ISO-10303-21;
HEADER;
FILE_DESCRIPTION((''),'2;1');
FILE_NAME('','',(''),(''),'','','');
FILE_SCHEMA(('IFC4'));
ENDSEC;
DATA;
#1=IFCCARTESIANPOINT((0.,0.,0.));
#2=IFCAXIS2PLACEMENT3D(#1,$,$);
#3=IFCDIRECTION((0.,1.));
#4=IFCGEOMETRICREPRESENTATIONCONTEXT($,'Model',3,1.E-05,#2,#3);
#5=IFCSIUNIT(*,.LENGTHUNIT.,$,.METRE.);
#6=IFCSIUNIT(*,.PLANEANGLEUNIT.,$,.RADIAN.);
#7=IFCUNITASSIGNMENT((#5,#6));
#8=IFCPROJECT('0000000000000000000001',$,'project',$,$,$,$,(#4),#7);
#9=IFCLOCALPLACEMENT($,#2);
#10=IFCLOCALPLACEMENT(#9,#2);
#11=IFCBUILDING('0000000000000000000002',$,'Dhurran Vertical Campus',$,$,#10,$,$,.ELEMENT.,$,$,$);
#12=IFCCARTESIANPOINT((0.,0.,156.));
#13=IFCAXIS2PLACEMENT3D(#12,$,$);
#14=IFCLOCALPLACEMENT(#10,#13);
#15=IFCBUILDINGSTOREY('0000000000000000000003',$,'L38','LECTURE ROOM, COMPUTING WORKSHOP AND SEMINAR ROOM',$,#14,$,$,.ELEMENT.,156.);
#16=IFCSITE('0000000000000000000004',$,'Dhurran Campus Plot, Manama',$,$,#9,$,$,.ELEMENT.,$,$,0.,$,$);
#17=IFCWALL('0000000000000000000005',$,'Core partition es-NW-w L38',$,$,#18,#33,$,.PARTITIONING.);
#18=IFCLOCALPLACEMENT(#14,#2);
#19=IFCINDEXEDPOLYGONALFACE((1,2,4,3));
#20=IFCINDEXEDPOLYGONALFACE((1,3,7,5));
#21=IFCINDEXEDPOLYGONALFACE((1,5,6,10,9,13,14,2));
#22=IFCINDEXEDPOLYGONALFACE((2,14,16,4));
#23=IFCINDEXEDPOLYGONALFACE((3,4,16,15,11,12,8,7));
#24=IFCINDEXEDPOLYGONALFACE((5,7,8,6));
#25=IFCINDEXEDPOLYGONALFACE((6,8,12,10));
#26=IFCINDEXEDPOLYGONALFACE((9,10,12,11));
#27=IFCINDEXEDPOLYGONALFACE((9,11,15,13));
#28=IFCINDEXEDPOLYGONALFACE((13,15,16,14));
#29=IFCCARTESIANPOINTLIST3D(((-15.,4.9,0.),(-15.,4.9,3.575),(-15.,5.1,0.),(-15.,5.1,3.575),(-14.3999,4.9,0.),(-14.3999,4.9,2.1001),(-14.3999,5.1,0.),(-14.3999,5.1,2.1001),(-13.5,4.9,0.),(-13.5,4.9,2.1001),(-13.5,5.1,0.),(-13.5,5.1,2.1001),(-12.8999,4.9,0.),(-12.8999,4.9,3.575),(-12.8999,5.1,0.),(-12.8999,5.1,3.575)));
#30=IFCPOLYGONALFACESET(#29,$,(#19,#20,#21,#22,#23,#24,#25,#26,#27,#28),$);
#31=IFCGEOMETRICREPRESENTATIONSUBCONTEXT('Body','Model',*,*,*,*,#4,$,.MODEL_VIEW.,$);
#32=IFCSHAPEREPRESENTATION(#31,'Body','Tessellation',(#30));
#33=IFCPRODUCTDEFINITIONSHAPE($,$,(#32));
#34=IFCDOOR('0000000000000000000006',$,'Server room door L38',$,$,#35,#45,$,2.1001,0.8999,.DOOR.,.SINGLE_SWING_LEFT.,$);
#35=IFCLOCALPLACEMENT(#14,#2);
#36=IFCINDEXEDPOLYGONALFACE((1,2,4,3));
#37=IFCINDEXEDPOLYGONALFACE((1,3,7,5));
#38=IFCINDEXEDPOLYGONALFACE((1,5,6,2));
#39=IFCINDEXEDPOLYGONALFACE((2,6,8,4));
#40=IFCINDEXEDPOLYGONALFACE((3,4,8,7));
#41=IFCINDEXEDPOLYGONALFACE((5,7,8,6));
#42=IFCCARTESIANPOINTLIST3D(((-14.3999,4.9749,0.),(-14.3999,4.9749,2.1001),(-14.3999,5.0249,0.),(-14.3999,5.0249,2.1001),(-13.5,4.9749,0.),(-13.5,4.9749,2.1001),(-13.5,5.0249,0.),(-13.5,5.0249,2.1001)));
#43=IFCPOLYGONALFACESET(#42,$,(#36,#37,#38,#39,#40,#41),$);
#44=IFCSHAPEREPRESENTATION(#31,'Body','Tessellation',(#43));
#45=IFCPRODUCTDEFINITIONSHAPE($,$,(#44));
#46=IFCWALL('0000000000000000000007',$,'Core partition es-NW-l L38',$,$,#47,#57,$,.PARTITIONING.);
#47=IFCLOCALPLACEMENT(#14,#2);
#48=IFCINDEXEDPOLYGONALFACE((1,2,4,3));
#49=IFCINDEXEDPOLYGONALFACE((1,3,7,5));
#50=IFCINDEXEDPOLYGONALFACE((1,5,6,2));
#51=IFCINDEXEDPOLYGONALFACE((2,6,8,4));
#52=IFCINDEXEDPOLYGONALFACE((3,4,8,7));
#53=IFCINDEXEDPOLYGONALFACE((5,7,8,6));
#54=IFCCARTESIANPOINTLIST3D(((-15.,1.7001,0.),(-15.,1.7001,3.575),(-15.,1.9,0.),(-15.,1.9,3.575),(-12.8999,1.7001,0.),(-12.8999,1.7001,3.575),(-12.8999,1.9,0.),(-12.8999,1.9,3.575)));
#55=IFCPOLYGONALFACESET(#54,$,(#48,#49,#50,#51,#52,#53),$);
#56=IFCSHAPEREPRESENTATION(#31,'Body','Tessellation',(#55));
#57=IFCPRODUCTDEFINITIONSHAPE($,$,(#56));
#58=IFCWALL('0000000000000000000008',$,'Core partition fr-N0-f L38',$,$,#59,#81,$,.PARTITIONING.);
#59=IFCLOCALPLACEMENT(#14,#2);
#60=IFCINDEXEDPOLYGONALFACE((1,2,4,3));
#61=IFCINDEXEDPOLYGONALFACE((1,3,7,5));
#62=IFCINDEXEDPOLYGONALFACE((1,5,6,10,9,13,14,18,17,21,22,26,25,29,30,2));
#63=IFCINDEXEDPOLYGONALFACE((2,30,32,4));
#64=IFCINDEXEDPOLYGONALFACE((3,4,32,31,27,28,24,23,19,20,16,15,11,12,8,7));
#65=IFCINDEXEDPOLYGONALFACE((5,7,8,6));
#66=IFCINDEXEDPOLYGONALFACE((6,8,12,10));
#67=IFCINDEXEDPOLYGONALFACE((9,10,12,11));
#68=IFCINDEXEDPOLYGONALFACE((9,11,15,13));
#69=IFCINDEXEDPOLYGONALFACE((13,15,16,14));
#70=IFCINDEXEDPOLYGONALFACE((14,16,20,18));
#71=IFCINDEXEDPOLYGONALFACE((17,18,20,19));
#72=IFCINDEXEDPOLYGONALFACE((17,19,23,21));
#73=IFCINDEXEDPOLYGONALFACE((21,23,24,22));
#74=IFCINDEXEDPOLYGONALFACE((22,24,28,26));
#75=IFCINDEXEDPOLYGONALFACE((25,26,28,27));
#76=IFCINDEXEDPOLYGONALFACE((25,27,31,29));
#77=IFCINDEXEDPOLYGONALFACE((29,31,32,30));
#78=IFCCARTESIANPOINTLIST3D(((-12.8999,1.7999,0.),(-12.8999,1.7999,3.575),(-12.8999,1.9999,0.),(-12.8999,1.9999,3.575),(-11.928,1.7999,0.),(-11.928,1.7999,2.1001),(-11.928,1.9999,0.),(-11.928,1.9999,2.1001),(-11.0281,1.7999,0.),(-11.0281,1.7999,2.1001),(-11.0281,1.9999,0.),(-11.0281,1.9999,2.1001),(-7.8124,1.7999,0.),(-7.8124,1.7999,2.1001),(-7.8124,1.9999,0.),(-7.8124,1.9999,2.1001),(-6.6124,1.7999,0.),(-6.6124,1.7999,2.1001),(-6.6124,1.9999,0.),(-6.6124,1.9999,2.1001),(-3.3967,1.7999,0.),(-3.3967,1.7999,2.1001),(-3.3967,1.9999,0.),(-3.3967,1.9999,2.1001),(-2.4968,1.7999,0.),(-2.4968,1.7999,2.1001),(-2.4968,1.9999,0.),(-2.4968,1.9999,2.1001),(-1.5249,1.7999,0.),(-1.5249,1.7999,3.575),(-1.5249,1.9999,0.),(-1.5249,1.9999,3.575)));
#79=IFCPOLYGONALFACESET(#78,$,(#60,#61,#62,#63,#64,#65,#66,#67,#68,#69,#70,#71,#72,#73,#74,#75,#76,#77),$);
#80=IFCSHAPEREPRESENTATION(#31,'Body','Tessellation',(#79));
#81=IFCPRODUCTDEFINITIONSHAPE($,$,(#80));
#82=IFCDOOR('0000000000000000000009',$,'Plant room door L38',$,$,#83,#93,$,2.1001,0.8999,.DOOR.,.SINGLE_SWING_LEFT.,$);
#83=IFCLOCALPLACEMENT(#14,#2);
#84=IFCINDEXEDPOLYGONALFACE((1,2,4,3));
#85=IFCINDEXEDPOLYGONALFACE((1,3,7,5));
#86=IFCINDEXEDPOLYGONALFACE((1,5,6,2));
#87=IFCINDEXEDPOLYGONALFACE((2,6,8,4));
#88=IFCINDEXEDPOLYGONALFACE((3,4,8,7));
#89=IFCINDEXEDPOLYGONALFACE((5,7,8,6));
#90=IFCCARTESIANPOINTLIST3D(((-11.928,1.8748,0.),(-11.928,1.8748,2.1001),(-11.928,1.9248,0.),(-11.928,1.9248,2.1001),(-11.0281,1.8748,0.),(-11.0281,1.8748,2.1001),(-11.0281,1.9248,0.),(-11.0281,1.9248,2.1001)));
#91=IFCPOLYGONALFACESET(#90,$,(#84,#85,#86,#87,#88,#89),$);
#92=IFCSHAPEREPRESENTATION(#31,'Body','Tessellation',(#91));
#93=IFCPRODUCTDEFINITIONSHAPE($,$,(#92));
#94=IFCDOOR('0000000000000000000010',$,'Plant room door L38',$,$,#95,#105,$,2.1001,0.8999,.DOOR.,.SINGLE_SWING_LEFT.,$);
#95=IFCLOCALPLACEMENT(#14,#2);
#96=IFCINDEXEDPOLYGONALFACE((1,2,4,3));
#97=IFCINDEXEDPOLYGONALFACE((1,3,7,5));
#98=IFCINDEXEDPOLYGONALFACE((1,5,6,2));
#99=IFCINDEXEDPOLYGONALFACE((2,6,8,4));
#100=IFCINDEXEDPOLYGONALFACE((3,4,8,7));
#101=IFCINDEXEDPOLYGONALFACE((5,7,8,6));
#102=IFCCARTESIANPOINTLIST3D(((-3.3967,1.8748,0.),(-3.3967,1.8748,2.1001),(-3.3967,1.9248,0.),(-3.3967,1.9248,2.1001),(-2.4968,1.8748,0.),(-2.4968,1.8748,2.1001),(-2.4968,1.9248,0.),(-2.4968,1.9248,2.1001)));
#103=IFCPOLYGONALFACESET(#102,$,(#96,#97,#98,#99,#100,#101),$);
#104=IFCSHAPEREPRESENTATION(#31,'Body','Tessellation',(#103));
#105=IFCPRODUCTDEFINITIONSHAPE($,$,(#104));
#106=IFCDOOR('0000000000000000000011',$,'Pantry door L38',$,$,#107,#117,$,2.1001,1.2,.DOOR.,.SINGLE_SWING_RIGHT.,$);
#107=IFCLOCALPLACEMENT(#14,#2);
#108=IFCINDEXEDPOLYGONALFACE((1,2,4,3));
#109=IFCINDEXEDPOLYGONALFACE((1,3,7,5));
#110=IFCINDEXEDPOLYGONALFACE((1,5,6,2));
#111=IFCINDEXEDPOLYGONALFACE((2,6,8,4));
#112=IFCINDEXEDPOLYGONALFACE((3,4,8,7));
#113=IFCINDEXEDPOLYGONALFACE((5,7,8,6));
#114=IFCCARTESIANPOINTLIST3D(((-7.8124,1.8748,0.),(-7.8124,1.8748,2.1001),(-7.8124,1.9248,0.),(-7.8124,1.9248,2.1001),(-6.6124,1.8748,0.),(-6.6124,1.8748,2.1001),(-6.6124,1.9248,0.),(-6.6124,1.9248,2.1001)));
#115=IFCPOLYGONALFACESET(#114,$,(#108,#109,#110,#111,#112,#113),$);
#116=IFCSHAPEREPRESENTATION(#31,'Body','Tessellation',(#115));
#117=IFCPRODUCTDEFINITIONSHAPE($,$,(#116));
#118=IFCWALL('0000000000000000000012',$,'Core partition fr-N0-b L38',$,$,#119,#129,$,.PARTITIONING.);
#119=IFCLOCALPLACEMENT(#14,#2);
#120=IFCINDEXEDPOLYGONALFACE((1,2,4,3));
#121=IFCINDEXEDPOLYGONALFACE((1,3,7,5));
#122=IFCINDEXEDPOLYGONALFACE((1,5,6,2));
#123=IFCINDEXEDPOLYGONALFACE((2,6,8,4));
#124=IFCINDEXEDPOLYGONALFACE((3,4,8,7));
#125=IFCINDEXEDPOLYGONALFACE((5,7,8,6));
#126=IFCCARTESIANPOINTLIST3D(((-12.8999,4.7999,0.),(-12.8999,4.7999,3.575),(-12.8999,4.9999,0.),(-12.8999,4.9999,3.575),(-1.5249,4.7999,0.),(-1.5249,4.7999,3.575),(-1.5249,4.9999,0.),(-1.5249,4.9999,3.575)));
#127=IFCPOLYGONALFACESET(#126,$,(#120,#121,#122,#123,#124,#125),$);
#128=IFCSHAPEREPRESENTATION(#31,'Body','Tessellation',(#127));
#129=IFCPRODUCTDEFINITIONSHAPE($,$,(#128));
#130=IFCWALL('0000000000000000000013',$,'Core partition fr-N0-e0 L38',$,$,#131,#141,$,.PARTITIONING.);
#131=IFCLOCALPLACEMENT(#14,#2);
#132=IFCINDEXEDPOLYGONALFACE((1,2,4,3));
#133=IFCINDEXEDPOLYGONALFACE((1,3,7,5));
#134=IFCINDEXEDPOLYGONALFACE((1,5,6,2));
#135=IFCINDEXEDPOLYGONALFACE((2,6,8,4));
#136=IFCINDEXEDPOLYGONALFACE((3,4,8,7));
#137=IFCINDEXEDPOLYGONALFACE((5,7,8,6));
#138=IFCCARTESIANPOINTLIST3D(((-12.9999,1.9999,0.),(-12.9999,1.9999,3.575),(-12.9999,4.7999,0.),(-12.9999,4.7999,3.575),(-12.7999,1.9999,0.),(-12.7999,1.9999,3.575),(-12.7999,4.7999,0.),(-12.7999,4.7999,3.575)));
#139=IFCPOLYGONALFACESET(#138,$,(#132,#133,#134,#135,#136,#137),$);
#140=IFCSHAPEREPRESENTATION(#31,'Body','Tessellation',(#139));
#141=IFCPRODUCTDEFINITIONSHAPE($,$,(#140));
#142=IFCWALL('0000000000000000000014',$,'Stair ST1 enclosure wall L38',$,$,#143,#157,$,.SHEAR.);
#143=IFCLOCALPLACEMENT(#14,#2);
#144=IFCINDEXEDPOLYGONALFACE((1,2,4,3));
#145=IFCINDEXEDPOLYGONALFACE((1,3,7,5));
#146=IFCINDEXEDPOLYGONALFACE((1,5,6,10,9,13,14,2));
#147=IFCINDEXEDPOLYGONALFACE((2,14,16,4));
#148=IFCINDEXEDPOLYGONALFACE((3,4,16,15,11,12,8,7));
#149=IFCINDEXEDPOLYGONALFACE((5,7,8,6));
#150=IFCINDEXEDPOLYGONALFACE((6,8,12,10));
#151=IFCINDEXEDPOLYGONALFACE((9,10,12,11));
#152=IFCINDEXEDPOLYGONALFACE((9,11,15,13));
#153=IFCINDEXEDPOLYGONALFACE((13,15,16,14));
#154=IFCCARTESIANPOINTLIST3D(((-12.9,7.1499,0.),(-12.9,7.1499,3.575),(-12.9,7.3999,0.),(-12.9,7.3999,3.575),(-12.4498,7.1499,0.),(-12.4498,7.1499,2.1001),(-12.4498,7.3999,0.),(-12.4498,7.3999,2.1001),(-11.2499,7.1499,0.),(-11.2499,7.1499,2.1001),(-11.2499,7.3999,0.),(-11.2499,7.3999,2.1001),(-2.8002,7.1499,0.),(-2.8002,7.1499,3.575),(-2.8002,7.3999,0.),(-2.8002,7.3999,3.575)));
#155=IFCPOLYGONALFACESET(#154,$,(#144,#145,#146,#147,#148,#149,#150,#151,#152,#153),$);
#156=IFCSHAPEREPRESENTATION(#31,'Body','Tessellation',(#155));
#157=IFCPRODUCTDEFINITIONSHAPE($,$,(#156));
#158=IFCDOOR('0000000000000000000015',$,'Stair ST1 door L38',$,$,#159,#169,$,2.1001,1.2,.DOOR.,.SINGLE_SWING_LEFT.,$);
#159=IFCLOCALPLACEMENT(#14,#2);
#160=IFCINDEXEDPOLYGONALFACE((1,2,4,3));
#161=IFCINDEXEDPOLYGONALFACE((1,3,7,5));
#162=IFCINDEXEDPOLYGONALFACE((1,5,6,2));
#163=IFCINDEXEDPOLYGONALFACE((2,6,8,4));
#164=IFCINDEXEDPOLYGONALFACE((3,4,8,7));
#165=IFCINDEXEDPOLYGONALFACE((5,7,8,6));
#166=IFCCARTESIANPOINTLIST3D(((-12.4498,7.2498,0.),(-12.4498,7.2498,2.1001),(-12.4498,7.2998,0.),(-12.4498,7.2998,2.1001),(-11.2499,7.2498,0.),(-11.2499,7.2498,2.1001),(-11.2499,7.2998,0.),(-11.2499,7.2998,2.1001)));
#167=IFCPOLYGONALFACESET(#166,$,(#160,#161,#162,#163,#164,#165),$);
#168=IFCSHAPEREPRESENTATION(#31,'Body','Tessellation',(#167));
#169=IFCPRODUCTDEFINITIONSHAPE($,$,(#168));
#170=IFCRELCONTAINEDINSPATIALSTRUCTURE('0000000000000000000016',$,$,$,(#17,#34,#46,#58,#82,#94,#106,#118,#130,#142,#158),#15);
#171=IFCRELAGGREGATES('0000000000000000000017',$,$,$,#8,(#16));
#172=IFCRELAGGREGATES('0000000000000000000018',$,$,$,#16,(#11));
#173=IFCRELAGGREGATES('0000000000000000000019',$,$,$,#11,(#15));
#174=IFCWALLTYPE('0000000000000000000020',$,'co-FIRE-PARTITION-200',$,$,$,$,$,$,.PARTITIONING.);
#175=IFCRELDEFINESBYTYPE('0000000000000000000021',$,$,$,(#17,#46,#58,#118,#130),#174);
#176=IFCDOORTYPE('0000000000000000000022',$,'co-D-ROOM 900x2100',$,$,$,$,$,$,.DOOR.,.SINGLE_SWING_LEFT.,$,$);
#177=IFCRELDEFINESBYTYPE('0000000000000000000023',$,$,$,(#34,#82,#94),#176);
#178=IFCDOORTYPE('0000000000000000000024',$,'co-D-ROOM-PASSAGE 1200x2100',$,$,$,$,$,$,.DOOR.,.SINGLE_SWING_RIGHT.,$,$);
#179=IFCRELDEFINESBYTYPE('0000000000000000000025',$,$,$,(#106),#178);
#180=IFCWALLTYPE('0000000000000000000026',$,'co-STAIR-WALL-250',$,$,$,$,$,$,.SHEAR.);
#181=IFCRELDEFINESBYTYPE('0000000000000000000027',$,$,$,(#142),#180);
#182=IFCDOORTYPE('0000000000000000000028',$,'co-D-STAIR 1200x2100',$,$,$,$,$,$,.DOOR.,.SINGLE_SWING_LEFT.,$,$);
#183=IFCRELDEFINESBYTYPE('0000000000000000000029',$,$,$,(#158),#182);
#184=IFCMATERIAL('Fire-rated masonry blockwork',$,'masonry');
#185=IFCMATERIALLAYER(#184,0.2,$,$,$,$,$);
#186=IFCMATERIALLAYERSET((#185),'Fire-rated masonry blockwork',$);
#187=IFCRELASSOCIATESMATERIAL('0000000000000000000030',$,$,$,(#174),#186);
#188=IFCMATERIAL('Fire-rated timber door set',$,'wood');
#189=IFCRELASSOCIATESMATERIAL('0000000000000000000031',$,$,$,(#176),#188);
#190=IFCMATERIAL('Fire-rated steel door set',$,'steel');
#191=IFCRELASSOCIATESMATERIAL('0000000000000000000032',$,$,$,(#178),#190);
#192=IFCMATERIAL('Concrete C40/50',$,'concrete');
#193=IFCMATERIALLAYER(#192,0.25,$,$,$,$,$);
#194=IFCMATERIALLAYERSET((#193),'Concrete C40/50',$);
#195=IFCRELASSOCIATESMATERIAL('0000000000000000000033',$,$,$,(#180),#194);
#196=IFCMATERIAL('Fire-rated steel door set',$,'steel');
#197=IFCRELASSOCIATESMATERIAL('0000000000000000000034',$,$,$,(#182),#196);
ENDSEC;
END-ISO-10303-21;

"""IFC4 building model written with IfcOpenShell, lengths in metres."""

from ifc_helpers import new_model, si_unit, direction, frame, frame_2d, origin, place, context, subcontext, project, spatial, rectangle, extrude, material, layer, layer_set, type_object, element, fill, save


model = new_model("IFC4")

# Units and contexts
model_context = context("Model", 3, precision=1e-05, world=origin(), true_north=direction((0.0, 1.0)))
body_context = subcontext(model_context, "Body", "Model", "MODEL_VIEW")
ifc_project = project(units=[si_unit("LENGTHUNIT", "METRE"), si_unit("PLANEANGLEUNIT", "RADIAN")], contexts=[model_context])

# Site, building, storey
site_placement = place(None, origin())
site = spatial("IfcSite", under=ifc_project, at=site_placement, Name="Dhurran Campus Plot, Manama", CompositionType="ELEMENT", RefElevation=0.0)
building_placement = place(site_placement, origin())
building = spatial("IfcBuilding", under=site, at=building_placement, Name="Dhurran Vertical Campus", CompositionType="ELEMENT")
storey_placement = place(building_placement, frame((0.0, 0.0, 156.0)))
storey = spatial("IfcBuildingStorey", under=building, at=storey_placement, Name="L38", Description="LECTURE ROOM, COMPUTING WORKSHOP AND SEMINAR ROOM", CompositionType="ELEMENT", Elevation=156.0)

# Wall, opening, door
ifc_material_1 = material(Name="Fire-rated masonry blockwork", Category="masonry")
ifc_layer_1 = layer(ifc_material_1, 0.2)
ifc_layer_set_1 = layer_set([ifc_layer_1], Name="Fire-rated masonry blockwork")
wall_type_1 = type_object("IfcWallType", Name="co-FIRE-PARTITION-200", PredefinedType="PARTITIONING", material=ifc_layer_set_1)
ifc_material_2 = material(Name="Fire-rated timber door set", Category="wood")
door_type_1 = type_object("IfcDoorType", Name="co-D-ROOM 900x2100", OperationType="SINGLE_SWING_LEFT", PredefinedType="DOOR", material=ifc_material_2)
wall_1_placement = place(storey_placement, frame((-15.0, 5.0, 0.0), z_axis=(0.0, 0.0, 1.0), x_axis=(1.0, 0.0, 0.0)))
wall_1 = element("IfcWall", 1, at=wall_1_placement, inside=storey, type_object=wall_type_1, Name="Core partition es-NW-w L38", PredefinedType="PARTITIONING", context=body_context, shape_type="SweptSolid", body=[
    extrude(rectangle(XDim=2.1001, YDim=0.2, at=frame_2d((1.05, 0.0))), origin(), (0.0, 0.0, 1.0), 3.575),
])
opening_1_placement = place(wall_1_placement, frame((0.6001, 0.0, 0.0)))
opening_1 = element("IfcOpeningElement", 2, at=opening_1_placement, cuts=wall_1, PredefinedType="OPENING", context=body_context, shape_type="SweptSolid", body=[
    extrude(rectangle(XDim=0.8999, YDim=2.1001, at=frame_2d((0.45, 1.05))), frame((0.0, 0.1099, 0.0), z_axis=(0.0, -1.0, 0.0), x_axis=(1.0, 0.0, 0.0)), (0.0, 0.0, 1.0), 0.22),
])
door_1_placement = place(opening_1_placement, origin())
door_1 = element("IfcDoor", 3, at=door_1_placement, inside=storey, type_object=door_type_1, Name="Server room door L38", OperationType="SINGLE_SWING_LEFT", OverallHeight=2.1001, OverallWidth=0.8999, PredefinedType="DOOR", context=body_context, shape_type="SweptSolid", body=[
    extrude(rectangle(XDim=0.8999, YDim=2.1001, at=frame_2d((0.45, 1.05))), frame((0.0, 0.0249, 0.0), z_axis=(0.0, -1.0, 0.0), x_axis=(1.0, 0.0, 0.0)), (0.0, 0.0, 1.0), 0.05),
])
fill(opening_1, door_1)

# Wall
wall_2_placement = place(storey_placement, frame((-15.0, 1.8, 0.0), z_axis=(0.0, 0.0, 1.0), x_axis=(1.0, 0.0, 0.0)))
element("IfcWall", 4, at=wall_2_placement, inside=storey, type_object=wall_type_1, Name="Core partition es-NW-l L38", PredefinedType="PARTITIONING", context=body_context, shape_type="SweptSolid", body=[
    extrude(rectangle(XDim=2.1001, YDim=0.2, at=frame_2d((1.05, 0.0))), origin(), (0.0, 0.0, 1.0), 3.575),
])

# Wall, openings, doors
wall_3_placement = place(storey_placement, frame((-12.8999, 1.8999, 0.0), z_axis=(0.0, 0.0, 1.0), x_axis=(1.0, 0.0, 0.0)))
wall_3 = element("IfcWall", 5, at=wall_3_placement, inside=storey, type_object=wall_type_1, Name="Core partition fr-N0-f L38", PredefinedType="PARTITIONING", context=body_context, shape_type="SweptSolid", body=[
    extrude(rectangle(XDim=11.375, YDim=0.2, at=frame_2d((5.6875, 0.0))), origin(), (0.0, 0.0, 1.0), 3.575),
])
opening_2_placement = place(wall_3_placement, frame((0.9719, 0.0, 0.0)))
opening_2 = element("IfcOpeningElement", 6, at=opening_2_placement, cuts=wall_3, PredefinedType="OPENING", context=body_context, shape_type="SweptSolid", body=[
    extrude(rectangle(XDim=0.8999, YDim=2.1001, at=frame_2d((0.45, 1.05))), frame((0.0, 0.1099, 0.0), z_axis=(0.0, -1.0, 0.0), x_axis=(1.0, 0.0, 0.0)), (0.0, 0.0, 1.0), 0.22),
])
opening_3_placement = place(wall_3_placement, frame((5.0874, 0.0, 0.0)))
opening_3 = element("IfcOpeningElement", 7, at=opening_3_placement, cuts=wall_3, PredefinedType="OPENING", context=body_context, shape_type="SweptSolid", body=[
    extrude(rectangle(XDim=1.2, YDim=2.1001, at=frame_2d((0.6001, 1.05))), frame((0.0, 0.1099, 0.0), z_axis=(0.0, -1.0, 0.0), x_axis=(1.0, 0.0, 0.0)), (0.0, 0.0, 1.0), 0.22),
])
opening_4_placement = place(wall_3_placement, frame((9.5032, 0.0, 0.0)))
opening_4 = element("IfcOpeningElement", 8, at=opening_4_placement, cuts=wall_3, PredefinedType="OPENING", context=body_context, shape_type="SweptSolid", body=[
    extrude(rectangle(XDim=0.8999, YDim=2.1001, at=frame_2d((0.45, 1.05))), frame((0.0, 0.1099, 0.0), z_axis=(0.0, -1.0, 0.0), x_axis=(1.0, 0.0, 0.0)), (0.0, 0.0, 1.0), 0.22),
])
door_2_placement = place(opening_2_placement, origin())
door_2 = element("IfcDoor", 9, at=door_2_placement, inside=storey, type_object=door_type_1, Name="Plant room door L38", OperationType="SINGLE_SWING_LEFT", OverallHeight=2.1001, OverallWidth=0.8999, PredefinedType="DOOR", context=body_context, shape_type="SweptSolid", body=[
    extrude(rectangle(XDim=0.8999, YDim=2.1001, at=frame_2d((0.45, 1.05))), frame((0.0, 0.0249, 0.0), z_axis=(0.0, -1.0, 0.0), x_axis=(1.0, 0.0, 0.0)), (0.0, 0.0, 1.0), 0.05),
])
fill(opening_2, door_2)
door_3_placement = place(opening_4_placement, origin())
door_3 = element("IfcDoor", 10, at=door_3_placement, inside=storey, type_object=door_type_1, Name="Plant room door L38", OperationType="SINGLE_SWING_LEFT", OverallHeight=2.1001, OverallWidth=0.8999, PredefinedType="DOOR", context=body_context, shape_type="SweptSolid", body=[
    extrude(rectangle(XDim=0.8999, YDim=2.1001, at=frame_2d((0.45, 1.05))), frame((0.0, 0.0249, 0.0), z_axis=(0.0, -1.0, 0.0), x_axis=(1.0, 0.0, 0.0)), (0.0, 0.0, 1.0), 0.05),
])
fill(opening_4, door_3)
ifc_material_3 = material(Name="Fire-rated steel door set", Category="steel")
door_type_2 = type_object("IfcDoorType", Name="co-D-ROOM-PASSAGE 1200x2100", OperationType="SINGLE_SWING_RIGHT", PredefinedType="DOOR", material=ifc_material_3)
door_4_placement = place(opening_3_placement, origin())
door_4 = element("IfcDoor", 11, at=door_4_placement, inside=storey, type_object=door_type_2, Name="Pantry door L38", OperationType="SINGLE_SWING_RIGHT", OverallHeight=2.1001, OverallWidth=1.2, PredefinedType="DOOR", context=body_context, shape_type="SweptSolid", body=[
    extrude(rectangle(XDim=1.2, YDim=2.1001, at=frame_2d((0.6001, 1.05))), frame((0.0, 0.0249, 0.0), z_axis=(0.0, -1.0, 0.0), x_axis=(1.0, 0.0, 0.0)), (0.0, 0.0, 1.0), 0.05),
])
fill(opening_3, door_4)

# Walls
wall_4_placement = place(storey_placement, frame((-12.8999, 4.8999, 0.0), z_axis=(0.0, 0.0, 1.0), x_axis=(1.0, 0.0, 0.0)))
element("IfcWall", 12, at=wall_4_placement, inside=storey, type_object=wall_type_1, Name="Core partition fr-N0-b L38", PredefinedType="PARTITIONING", context=body_context, shape_type="SweptSolid", body=[
    extrude(rectangle(XDim=11.375, YDim=0.2, at=frame_2d((5.6875, 0.0))), origin(), (0.0, 0.0, 1.0), 3.575),
])
wall_5_placement = place(storey_placement, frame((-12.8999, 2.0, 0.0), z_axis=(0.0, 0.0, 1.0), x_axis=(0.0, 1.0, 0.0)))
element("IfcWall", 13, at=wall_5_placement, inside=storey, type_object=wall_type_1, Name="Core partition fr-N0-e0 L38", PredefinedType="PARTITIONING", context=body_context, shape_type="SweptSolid", body=[
    extrude(rectangle(XDim=2.8, YDim=0.2, at=frame_2d((1.3999, 0.0))), origin(), (0.0, 0.0, 1.0), 3.575),
])

# Wall, opening, door
ifc_material_4 = material(Name="Concrete C40/50", Category="concrete")
ifc_layer_2 = layer(ifc_material_4, 0.25)
ifc_layer_set_2 = layer_set([ifc_layer_2], Name="Concrete C40/50")
wall_type_2 = type_object("IfcWallType", Name="co-STAIR-WALL-250", PredefinedType="SHEAR", material=ifc_layer_set_2)
wall_6_placement = place(storey_placement, frame((-12.8999, 7.2749, 0.0), z_axis=(0.0, 0.0, 1.0), x_axis=(1.0, 0.0, 0.0)))
wall_6 = element("IfcWall", 14, at=wall_6_placement, inside=storey, type_object=wall_type_2, Name="Stair ST1 enclosure wall L38", PredefinedType="SHEAR", context=body_context, shape_type="SweptSolid", body=[
    extrude(rectangle(XDim=10.0999, YDim=0.25, at=frame_2d((5.0498, 0.0))), origin(), (0.0, 0.0, 1.0), 3.575),
])
opening_5_placement = place(wall_6_placement, frame((0.45, 0.0, 0.0)))
opening_5 = element("IfcOpeningElement", 15, at=opening_5_placement, cuts=wall_6, PredefinedType="OPENING", context=body_context, shape_type="SweptSolid", body=[
    extrude(rectangle(XDim=1.2, YDim=2.1001, at=frame_2d((0.6001, 1.05))), frame((0.0, 0.135, 0.0), z_axis=(0.0, -1.0, 0.0), x_axis=(1.0, 0.0, 0.0)), (0.0, 0.0, 1.0), 0.27),
])
ifc_material_5 = material(Name="Fire-rated steel door set", Category="steel")
door_type_3 = type_object("IfcDoorType", Name="co-D-STAIR 1200x2100", OperationType="SINGLE_SWING_LEFT", PredefinedType="DOOR", material=ifc_material_5)
door_5_placement = place(opening_5_placement, origin())
door_5 = element("IfcDoor", 16, at=door_5_placement, inside=storey, type_object=door_type_3, Name="Stair ST1 door L38", OperationType="SINGLE_SWING_LEFT", OverallHeight=2.1001, OverallWidth=1.2, PredefinedType="DOOR", context=body_context, shape_type="SweptSolid", body=[
    extrude(rectangle(XDim=1.2, YDim=2.1001, at=frame_2d((0.6001, 1.05))), frame((0.0, 0.0249, 0.0), z_axis=(0.0, -1.0, 0.0), x_axis=(1.0, 0.0, 0.0)), (0.0, 0.0, 1.0), 0.05),
])
fill(opening_5, door_5)

save(model, "model.ifc")
